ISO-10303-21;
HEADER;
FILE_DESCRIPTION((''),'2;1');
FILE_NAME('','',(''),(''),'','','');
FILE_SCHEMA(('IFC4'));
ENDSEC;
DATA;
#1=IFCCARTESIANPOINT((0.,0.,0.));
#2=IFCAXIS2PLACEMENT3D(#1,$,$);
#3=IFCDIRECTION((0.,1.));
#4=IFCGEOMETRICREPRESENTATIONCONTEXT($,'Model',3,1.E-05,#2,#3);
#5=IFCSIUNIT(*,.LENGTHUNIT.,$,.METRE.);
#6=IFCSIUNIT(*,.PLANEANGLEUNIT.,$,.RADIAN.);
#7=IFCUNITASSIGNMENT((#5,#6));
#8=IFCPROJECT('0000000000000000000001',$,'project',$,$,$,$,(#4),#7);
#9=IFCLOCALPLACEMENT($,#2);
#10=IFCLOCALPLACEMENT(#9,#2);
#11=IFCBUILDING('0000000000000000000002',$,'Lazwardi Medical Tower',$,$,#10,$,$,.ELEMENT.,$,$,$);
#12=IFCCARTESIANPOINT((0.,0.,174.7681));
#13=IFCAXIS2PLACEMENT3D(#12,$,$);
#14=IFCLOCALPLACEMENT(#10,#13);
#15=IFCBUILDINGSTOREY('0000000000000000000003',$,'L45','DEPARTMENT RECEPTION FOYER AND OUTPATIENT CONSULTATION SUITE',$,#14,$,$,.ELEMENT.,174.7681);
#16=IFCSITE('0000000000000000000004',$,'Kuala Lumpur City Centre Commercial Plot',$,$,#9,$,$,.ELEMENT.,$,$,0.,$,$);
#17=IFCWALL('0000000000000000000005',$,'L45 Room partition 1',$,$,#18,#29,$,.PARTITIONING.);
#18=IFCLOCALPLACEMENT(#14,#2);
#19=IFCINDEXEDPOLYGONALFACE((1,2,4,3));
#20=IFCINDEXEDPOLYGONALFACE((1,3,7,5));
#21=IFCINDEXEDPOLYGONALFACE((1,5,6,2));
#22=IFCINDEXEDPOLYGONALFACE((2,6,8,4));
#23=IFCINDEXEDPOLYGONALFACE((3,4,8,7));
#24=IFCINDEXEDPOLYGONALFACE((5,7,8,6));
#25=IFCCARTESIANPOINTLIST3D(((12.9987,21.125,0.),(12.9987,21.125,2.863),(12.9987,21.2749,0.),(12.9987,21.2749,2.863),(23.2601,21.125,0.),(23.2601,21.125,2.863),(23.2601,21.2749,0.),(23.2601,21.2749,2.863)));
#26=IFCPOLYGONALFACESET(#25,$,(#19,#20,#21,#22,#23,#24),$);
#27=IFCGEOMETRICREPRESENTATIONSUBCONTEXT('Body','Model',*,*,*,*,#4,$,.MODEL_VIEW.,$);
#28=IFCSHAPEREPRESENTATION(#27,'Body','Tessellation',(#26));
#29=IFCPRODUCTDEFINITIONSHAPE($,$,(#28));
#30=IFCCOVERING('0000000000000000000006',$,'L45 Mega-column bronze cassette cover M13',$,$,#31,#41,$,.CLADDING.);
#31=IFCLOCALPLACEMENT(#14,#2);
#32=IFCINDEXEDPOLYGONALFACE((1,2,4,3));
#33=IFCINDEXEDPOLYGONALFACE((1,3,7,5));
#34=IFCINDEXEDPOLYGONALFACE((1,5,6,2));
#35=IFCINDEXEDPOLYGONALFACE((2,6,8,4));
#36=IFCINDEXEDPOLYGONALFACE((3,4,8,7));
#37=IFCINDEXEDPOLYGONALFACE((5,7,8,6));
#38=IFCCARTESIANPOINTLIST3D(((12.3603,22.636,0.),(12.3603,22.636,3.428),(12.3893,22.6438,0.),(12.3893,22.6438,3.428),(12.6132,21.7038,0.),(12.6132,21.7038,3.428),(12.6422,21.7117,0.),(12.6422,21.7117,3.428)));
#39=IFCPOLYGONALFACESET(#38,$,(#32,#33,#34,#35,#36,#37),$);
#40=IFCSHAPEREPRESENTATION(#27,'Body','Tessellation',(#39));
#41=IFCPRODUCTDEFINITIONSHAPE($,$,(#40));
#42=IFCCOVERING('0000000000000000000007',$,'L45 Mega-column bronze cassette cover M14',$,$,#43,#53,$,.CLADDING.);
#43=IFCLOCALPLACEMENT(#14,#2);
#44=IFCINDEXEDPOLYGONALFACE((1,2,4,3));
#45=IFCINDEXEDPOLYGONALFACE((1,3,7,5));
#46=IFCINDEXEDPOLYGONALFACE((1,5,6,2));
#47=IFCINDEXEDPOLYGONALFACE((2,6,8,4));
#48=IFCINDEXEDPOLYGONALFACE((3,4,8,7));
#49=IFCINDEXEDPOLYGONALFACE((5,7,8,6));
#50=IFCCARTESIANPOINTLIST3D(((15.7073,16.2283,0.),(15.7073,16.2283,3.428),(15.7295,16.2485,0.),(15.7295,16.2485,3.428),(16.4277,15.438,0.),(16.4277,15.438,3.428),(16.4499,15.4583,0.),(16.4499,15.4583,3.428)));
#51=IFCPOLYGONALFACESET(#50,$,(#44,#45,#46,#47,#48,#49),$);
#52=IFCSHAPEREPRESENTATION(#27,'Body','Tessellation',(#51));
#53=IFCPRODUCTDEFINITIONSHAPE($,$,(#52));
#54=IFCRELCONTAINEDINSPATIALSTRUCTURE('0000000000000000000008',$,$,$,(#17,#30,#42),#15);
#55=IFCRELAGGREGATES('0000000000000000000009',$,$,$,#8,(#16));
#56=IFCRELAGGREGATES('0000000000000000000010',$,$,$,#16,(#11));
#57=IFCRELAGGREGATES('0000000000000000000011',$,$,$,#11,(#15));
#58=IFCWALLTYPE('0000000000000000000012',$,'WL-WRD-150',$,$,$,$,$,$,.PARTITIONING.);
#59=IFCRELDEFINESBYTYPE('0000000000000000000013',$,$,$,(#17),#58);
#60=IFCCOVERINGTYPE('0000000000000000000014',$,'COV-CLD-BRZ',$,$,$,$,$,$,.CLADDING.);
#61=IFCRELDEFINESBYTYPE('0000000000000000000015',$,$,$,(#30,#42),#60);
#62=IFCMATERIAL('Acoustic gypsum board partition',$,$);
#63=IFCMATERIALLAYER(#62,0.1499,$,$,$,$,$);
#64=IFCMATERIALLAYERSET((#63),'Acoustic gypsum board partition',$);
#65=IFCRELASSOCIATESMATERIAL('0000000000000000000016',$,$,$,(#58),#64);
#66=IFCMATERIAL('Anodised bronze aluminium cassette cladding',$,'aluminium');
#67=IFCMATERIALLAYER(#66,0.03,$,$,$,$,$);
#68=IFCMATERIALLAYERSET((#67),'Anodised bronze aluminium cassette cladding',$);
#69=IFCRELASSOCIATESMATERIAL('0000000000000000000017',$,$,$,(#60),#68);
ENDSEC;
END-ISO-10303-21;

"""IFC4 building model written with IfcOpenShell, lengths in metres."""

from ifc_helpers import new_model, si_unit, direction, frame, frame_2d, origin, origin_2d, place, context, subcontext, project, spatial, rectangle, extrude, material, layer, layer_set, type_object, element, save


model = new_model("IFC4")

# Units and contexts
model_context = context("Model", 3, precision=1e-05, world=origin(), true_north=direction((0.0, 1.0)))
body_context = subcontext(model_context, "Body", "Model", "MODEL_VIEW")
ifc_project = project(units=[si_unit("LENGTHUNIT", "METRE"), si_unit("PLANEANGLEUNIT", "RADIAN")], contexts=[model_context])

# Site, building, storey
site_placement = place(None, origin())
site = spatial("IfcSite", under=ifc_project, at=site_placement, Name="Kuala Lumpur City Centre Commercial Plot", CompositionType="ELEMENT", RefElevation=0.0)
building_placement = place(site_placement, origin())
building = spatial("IfcBuilding", under=site, at=building_placement, Name="Lazwardi Medical Tower", CompositionType="ELEMENT")
storey_placement = place(building_placement, frame((0.0, 0.0, 174.7681)))
storey = spatial("IfcBuildingStorey", under=building, at=storey_placement, Name="L45", Description="DEPARTMENT RECEPTION FOYER AND OUTPATIENT CONSULTATION SUITE", CompositionType="ELEMENT", Elevation=174.7681)

# Wall
ifc_material_1 = material(Name="Acoustic gypsum board partition")
ifc_layer_1 = layer(ifc_material_1, 0.1499)
ifc_layer_set_1 = layer_set([ifc_layer_1], Name="Acoustic gypsum board partition")
wall_type = type_object("IfcWallType", Name="WL-WRD-150", PredefinedType="PARTITIONING", material=ifc_layer_set_1)
wall_placement = place(storey_placement, frame((12.9985, 21.2, 0.0), z_axis=(0.0, 0.0, 1.0), x_axis=(1.0, 0.0, 0.0)))
element("IfcWall", 1, at=wall_placement, inside=storey, type_object=wall_type, Name="L45 Room partition 1", PredefinedType="PARTITIONING", context=body_context, shape_type="SweptSolid", body=[
    extrude(rectangle(XDim=10.2615, YDim=0.1499, at=frame_2d((5.1309, 0.0))), origin(), (0.0, 0.0, 1.0), 2.863),
])

# Coverings
ifc_material_2 = material(Name="Anodised bronze aluminium cassette cladding", Category="aluminium")
ifc_layer_2 = layer(ifc_material_2, 0.03)
ifc_layer_set_2 = layer_set([ifc_layer_2], Name="Anodised bronze aluminium cassette cladding")
covering_type = type_object("IfcCoveringType", Name="COV-CLD-BRZ", PredefinedType="CLADDING", material=ifc_layer_set_2)
covering_1_placement = place(storey_placement, frame((12.5012, 22.1738, 0.0), z_axis=(0.0, 0.0, 1.0), x_axis=(0.261829, -0.965114, 0.0)))
element("IfcCovering", 2, at=covering_1_placement, inside=storey, type_object=covering_type, Name="L45 Mega-column bronze cassette cover M13", PredefinedType="CLADDING", context=body_context, shape_type="SweptSolid", body=[
    extrude(rectangle(XDim=0.9658, YDim=0.03, at=origin_2d()), origin(), (0.0, 0.0, 1.0), 3.428),
])
covering_2_placement = place(storey_placement, frame((16.0786, 15.8433, 0.0), z_axis=(0.0, 0.0, 1.0), x_axis=(0.673714, -0.738992, 0.0)))
element("IfcCovering", 3, at=covering_2_placement, inside=storey, type_object=covering_type, Name="L45 Mega-column bronze cassette cover M14", PredefinedType="CLADDING", context=body_context, shape_type="SweptSolid", body=[
    extrude(rectangle(XDim=1.0693, YDim=0.03, at=origin_2d()), origin(), (0.0, 0.0, 1.0), 3.428),
])

save(model, "model.ifc")
